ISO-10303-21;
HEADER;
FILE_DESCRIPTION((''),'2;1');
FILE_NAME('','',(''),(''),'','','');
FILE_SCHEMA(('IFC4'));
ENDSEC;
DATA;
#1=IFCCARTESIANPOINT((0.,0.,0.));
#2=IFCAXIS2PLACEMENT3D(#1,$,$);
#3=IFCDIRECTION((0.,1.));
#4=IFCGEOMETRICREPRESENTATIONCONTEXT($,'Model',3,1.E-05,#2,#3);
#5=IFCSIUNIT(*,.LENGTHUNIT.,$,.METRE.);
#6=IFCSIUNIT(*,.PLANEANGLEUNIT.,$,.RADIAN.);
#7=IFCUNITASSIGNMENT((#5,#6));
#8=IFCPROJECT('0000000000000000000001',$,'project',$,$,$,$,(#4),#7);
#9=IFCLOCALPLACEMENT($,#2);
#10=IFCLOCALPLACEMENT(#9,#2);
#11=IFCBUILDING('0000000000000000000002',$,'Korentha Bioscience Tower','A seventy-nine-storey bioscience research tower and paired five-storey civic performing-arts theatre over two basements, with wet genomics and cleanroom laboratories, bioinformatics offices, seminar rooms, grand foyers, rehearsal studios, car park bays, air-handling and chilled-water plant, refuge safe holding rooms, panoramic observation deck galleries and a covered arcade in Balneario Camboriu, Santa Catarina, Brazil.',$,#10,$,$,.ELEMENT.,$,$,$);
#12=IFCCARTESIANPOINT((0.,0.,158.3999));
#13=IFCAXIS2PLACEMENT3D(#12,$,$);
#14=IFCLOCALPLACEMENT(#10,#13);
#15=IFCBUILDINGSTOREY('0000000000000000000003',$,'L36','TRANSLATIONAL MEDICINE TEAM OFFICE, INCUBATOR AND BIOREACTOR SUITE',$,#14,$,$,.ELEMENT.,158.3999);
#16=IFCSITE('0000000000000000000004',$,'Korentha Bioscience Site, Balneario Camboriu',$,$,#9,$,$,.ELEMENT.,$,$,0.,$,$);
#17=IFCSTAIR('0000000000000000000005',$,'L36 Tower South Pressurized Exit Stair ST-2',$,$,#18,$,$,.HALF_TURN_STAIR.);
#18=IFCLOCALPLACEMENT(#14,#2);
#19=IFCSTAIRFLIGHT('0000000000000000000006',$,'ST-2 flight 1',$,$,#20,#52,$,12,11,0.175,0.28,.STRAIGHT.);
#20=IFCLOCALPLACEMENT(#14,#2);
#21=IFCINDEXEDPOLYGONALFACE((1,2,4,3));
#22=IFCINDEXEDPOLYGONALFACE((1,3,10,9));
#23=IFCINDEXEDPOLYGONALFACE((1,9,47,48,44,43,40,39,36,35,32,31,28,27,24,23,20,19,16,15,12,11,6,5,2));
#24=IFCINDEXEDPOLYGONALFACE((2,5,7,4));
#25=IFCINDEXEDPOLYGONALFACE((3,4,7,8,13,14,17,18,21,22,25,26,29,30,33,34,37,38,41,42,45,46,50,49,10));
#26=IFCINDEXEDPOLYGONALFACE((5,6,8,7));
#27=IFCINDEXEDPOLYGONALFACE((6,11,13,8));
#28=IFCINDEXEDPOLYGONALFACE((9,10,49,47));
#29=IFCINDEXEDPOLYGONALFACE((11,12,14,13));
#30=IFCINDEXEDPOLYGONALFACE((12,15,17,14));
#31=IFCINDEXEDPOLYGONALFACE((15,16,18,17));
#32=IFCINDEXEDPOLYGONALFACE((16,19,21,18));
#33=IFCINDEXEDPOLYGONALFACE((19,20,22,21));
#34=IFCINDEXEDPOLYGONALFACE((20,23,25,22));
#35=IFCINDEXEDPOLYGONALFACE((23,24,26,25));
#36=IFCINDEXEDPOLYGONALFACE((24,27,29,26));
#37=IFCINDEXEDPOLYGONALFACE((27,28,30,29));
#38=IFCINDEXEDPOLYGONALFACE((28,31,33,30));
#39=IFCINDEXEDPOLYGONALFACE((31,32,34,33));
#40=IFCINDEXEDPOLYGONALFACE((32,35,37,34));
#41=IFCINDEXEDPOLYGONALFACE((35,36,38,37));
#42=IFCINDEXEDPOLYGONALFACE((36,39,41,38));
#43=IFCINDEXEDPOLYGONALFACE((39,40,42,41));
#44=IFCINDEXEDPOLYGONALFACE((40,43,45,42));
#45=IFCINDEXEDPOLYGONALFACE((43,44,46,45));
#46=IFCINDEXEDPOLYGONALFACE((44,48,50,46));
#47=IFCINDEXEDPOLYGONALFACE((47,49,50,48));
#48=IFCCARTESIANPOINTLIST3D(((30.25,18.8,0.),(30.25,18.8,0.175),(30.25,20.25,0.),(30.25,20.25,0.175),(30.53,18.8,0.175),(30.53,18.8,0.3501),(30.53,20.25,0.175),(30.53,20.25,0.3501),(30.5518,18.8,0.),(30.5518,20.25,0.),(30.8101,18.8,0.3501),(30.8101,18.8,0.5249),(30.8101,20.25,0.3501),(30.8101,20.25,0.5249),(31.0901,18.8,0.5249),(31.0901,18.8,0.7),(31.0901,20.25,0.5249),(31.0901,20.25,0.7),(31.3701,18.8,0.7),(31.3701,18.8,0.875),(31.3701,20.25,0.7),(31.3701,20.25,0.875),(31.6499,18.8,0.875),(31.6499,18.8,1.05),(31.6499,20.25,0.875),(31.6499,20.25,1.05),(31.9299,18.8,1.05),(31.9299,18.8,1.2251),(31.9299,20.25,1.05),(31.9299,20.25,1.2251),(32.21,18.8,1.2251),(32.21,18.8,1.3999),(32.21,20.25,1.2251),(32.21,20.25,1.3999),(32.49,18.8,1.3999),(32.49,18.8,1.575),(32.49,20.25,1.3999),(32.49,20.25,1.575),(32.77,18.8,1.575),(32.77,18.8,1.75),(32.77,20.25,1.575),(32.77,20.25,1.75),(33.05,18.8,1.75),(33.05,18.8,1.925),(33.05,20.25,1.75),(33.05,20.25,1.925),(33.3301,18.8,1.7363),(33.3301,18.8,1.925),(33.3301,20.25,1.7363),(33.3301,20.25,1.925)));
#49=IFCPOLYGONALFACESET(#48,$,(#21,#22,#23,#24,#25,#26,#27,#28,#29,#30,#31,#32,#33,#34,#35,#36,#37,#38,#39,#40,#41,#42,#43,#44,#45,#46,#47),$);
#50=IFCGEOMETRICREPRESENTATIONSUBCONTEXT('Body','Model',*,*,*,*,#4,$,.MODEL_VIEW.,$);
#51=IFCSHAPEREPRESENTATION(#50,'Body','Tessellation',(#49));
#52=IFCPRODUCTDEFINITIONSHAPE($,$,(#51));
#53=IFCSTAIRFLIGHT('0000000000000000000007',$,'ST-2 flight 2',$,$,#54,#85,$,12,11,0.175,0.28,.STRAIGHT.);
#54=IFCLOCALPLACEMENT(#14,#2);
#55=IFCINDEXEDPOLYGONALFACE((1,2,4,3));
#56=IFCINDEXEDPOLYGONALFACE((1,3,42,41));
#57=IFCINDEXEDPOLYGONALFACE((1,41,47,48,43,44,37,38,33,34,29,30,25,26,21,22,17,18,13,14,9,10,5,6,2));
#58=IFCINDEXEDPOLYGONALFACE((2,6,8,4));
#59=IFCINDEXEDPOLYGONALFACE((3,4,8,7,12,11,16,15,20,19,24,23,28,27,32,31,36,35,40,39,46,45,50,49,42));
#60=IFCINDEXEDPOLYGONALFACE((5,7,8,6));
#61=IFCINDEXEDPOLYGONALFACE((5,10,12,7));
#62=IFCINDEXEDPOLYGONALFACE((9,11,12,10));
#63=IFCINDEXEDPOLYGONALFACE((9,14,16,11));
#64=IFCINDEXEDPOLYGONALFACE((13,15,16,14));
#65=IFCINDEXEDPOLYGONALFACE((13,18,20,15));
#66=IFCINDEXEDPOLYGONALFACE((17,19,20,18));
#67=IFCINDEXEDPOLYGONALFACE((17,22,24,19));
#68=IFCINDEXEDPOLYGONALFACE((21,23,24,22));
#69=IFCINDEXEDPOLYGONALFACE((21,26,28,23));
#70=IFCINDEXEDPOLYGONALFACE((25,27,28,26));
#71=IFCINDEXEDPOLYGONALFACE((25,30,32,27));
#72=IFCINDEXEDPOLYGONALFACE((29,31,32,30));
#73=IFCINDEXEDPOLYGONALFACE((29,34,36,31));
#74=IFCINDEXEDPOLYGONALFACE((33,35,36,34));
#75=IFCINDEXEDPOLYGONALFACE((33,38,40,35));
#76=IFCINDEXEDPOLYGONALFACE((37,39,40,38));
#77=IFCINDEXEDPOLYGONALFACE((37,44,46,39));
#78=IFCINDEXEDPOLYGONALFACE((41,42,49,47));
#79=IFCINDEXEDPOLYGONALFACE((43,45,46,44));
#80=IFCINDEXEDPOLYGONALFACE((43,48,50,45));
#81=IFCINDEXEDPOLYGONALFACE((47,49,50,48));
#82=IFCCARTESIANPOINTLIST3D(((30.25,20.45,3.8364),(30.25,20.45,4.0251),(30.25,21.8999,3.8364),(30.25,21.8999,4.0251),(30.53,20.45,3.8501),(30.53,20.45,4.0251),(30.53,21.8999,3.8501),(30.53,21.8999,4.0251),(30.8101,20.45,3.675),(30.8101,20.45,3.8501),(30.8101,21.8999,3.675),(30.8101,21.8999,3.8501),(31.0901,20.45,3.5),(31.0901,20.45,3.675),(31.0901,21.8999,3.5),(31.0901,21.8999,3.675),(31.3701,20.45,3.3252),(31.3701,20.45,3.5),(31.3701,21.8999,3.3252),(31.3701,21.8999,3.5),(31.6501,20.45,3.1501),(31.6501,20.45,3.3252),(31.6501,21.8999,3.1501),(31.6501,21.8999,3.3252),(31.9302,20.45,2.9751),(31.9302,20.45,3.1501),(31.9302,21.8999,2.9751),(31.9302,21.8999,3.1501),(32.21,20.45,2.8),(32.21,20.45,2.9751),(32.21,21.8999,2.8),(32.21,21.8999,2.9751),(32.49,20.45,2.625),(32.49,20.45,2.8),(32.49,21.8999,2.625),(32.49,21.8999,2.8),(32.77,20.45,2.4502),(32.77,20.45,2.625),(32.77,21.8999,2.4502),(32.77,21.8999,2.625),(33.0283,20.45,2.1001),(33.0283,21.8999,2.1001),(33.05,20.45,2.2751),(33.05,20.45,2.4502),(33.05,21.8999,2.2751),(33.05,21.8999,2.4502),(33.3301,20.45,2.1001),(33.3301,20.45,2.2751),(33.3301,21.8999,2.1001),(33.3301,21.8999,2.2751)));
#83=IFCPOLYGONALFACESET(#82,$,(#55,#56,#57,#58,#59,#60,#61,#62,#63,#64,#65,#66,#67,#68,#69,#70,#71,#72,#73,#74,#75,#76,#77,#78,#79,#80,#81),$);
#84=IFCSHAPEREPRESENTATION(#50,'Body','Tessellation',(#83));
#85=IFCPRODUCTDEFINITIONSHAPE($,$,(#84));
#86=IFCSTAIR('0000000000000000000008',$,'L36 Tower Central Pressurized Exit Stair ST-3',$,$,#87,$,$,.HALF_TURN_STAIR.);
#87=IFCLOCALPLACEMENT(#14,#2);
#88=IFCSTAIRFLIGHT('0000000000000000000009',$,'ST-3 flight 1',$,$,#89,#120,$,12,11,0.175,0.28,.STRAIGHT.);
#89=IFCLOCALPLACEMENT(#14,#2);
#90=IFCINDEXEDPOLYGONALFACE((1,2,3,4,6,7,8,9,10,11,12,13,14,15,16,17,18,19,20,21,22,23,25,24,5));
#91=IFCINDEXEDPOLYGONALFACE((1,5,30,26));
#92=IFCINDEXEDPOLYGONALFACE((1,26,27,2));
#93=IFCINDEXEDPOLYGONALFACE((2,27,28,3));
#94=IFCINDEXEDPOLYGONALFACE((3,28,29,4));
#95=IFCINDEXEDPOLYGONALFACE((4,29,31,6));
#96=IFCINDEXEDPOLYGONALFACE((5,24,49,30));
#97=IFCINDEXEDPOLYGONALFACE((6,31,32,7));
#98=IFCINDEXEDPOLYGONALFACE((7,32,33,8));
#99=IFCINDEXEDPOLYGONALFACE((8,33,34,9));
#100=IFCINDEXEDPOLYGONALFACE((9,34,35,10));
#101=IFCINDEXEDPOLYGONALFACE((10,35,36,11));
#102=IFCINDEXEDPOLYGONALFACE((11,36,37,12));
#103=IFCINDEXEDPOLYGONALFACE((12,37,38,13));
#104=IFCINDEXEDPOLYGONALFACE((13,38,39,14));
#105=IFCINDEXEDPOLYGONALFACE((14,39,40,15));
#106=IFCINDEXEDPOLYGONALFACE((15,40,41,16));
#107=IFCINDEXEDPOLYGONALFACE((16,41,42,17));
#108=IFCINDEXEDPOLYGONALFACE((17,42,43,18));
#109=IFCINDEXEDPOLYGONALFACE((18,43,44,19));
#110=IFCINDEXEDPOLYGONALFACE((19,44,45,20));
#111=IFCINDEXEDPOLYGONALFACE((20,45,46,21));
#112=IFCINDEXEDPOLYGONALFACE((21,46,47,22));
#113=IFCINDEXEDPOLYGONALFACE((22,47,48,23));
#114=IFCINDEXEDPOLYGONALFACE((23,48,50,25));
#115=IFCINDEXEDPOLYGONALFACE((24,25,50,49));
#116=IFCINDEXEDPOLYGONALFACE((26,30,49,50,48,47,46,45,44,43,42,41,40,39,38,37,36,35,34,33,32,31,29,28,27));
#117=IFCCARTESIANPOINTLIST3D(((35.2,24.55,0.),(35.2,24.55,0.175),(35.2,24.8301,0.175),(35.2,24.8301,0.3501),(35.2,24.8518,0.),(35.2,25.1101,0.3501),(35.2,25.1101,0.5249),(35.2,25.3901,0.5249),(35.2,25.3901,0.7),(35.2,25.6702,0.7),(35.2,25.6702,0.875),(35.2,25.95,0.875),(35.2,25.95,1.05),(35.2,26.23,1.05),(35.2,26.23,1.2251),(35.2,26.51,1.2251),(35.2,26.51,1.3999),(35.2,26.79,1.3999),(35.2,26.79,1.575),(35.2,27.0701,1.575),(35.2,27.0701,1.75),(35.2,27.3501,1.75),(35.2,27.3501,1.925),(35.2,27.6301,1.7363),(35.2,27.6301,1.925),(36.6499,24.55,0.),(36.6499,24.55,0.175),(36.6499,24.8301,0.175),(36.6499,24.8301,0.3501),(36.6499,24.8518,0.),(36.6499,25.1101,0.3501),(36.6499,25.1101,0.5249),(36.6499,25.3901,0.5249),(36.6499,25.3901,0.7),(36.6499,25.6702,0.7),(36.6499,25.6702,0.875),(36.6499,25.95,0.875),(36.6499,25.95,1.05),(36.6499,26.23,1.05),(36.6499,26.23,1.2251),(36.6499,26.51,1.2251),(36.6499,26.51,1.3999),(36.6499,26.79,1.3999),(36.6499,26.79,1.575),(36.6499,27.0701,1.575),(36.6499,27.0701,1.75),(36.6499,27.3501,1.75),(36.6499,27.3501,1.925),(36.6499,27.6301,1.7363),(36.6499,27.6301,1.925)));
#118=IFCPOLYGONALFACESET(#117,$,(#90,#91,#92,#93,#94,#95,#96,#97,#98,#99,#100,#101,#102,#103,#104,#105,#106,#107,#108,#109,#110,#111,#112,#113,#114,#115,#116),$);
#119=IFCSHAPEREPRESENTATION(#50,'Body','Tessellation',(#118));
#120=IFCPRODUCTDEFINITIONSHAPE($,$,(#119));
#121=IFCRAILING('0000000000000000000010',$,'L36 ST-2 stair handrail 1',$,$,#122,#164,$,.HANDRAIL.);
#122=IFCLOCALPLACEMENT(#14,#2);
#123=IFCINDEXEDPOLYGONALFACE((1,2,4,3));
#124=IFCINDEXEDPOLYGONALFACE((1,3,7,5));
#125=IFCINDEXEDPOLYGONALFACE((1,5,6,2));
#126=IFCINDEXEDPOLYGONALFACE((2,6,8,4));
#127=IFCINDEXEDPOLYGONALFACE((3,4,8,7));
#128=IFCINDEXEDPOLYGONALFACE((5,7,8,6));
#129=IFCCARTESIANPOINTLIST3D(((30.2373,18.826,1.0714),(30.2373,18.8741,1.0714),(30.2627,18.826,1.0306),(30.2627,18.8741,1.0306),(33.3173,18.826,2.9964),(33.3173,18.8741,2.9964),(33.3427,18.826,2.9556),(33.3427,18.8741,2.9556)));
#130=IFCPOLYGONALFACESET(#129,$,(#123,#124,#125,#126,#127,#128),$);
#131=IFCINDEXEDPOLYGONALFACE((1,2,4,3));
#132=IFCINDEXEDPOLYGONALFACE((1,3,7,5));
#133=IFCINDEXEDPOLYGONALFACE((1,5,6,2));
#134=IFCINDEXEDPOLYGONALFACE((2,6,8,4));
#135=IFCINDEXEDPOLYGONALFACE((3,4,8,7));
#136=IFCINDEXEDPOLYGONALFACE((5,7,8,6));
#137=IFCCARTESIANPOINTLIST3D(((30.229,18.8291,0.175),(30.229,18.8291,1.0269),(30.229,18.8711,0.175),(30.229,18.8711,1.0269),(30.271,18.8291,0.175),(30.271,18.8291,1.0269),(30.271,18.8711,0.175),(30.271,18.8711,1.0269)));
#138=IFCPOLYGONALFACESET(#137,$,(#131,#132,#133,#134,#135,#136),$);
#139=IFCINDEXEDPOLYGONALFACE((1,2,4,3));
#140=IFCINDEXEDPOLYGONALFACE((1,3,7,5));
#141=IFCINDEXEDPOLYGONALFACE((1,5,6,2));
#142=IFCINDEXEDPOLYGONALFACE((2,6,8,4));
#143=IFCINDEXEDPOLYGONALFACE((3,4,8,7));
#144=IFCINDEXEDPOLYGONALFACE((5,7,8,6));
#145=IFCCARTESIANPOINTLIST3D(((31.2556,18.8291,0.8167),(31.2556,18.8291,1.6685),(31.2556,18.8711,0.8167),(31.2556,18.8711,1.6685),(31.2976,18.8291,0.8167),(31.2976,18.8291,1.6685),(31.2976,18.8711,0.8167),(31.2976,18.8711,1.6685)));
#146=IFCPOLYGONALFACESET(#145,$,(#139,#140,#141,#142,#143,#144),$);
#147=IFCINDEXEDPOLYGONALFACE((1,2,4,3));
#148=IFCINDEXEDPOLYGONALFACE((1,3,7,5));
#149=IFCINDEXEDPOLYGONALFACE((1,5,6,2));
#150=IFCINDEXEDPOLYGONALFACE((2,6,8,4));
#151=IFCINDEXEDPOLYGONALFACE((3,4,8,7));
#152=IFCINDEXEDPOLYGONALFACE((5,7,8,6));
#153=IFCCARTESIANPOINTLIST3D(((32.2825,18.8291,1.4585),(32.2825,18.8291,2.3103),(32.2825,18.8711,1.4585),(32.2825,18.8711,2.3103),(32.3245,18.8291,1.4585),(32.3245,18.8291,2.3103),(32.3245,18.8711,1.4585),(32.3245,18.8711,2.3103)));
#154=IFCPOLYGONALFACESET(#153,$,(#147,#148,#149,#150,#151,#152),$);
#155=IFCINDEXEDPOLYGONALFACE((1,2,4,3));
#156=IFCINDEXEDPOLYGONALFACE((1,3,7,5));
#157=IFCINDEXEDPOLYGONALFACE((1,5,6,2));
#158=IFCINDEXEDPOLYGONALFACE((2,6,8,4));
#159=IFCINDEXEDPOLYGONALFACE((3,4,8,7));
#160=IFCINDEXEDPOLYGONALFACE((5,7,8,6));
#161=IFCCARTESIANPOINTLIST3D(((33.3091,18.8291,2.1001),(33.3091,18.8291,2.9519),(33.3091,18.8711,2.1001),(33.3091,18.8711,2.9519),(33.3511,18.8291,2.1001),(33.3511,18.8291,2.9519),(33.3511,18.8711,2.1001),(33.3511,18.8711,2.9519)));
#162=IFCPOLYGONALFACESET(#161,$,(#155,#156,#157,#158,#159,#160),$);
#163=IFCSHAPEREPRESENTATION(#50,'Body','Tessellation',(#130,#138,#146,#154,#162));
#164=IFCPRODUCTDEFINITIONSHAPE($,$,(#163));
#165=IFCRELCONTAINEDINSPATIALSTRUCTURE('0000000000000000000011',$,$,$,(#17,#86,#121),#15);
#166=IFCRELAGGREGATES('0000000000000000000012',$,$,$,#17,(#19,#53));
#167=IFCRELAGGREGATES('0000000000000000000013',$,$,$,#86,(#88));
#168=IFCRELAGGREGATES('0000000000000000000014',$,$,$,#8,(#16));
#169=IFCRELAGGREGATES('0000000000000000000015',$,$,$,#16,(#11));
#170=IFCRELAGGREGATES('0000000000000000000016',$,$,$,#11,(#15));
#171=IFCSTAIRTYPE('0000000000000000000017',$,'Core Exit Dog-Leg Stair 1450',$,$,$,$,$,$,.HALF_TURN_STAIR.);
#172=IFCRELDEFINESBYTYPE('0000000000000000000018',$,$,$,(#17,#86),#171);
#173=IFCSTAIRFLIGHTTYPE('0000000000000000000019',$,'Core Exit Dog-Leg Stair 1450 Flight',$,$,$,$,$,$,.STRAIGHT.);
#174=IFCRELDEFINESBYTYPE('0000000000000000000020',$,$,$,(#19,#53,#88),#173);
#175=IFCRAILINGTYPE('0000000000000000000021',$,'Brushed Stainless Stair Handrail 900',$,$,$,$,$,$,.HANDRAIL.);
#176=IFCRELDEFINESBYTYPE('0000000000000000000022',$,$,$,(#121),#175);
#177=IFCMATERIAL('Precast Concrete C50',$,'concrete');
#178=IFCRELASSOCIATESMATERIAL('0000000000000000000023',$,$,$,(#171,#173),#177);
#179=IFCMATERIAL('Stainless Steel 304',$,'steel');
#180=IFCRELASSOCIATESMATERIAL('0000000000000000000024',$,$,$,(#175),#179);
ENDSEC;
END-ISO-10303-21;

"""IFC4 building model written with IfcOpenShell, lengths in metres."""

from ifc_helpers import new_model, si_unit, direction, frame, origin, origin_2d, place, context, subcontext, project, spatial, polyline, rectangle, outline, extrude, material, type_object, element, aggregate, save


model = new_model("IFC4")

# Units and contexts
model_context = context("Model", 3, precision=1e-05, world=origin(), true_north=direction((0.0, 1.0)))
body_context = subcontext(model_context, "Body", "Model", "MODEL_VIEW")
ifc_project = project(units=[si_unit("LENGTHUNIT", "METRE"), si_unit("PLANEANGLEUNIT", "RADIAN")], contexts=[model_context])

# Site, building, storey
site_placement = place(None, origin())
site = spatial("IfcSite", under=ifc_project, at=site_placement, Name="Korentha Bioscience Site, Balneario Camboriu", CompositionType="ELEMENT", RefElevation=0.0)
building_placement = place(site_placement, origin())
building = spatial("IfcBuilding", under=site, at=building_placement, Name="Korentha Bioscience Tower", Description="A seventy-nine-storey bioscience research tower and paired five-storey civic performing-arts theatre over two basements, with wet genomics and cleanroom laboratories, bioinformatics offices, seminar rooms, grand foyers, rehearsal studios, car park bays, air-handling and chilled-water plant, refuge safe holding rooms, panoramic observation deck galleries and a covered arcade in Balneario Camboriu, Santa Catarina, Brazil.", CompositionType="ELEMENT")
storey_placement = place(building_placement, frame((0.0, 0.0, 158.3999)))
storey = spatial("IfcBuildingStorey", under=building, at=storey_placement, Name="L36", Description="TRANSLATIONAL MEDICINE TEAM OFFICE, INCUBATOR AND BIOREACTOR SUITE", CompositionType="ELEMENT", Elevation=158.3999)

# Stair, stair flights
ifc_material_1 = material(Name="Precast Concrete C50", Category="concrete")
stair_type = type_object("IfcStairType", Name="Core Exit Dog-Leg Stair 1450", PredefinedType="HALF_TURN_STAIR", material=ifc_material_1)
stair_1_placement = place(storey_placement, origin())
stair_1 = element("IfcStair", 1, at=stair_1_placement, inside=storey, type_object=stair_type, Name="L36 Tower South Pressurized Exit Stair ST-2", PredefinedType="HALF_TURN_STAIR")
stair_flight_type = type_object("IfcStairFlightType", Name="Core Exit Dog-Leg Stair 1450 Flight", PredefinedType="STRAIGHT", material=ifc_material_1)
stair_flight_1_placement = place(storey_placement, frame((30.25, 19.5249, 0.0), z_axis=(0.0, 0.0, 1.0), x_axis=(1.0, 0.0, 0.0)))
stair_flight_1 = element("IfcStairFlight", 2, at=stair_flight_1_placement, type_object=stair_flight_type, Name="ST-2 flight 1", NumberOfRisers=12, NumberOfTreads=11, PredefinedType="STRAIGHT", RiserHeight=0.175, TreadLength=0.28, context=body_context, shape_type="SweptSolid", body=[
    extrude(outline(polyline([(0.0, 0.0), (0.0, 0.175), (0.28, 0.175), (0.28, 0.3501), (0.5601, 0.3501), (0.5601, 0.5249), (0.8401, 0.5249), (0.8401, 0.7), (1.1201, 0.7), (1.1201, 0.875), (1.3999, 0.875), (1.3999, 1.05), (1.6799, 1.05), (1.6799, 1.2251), (1.96, 1.2251), (1.96, 1.3999), (2.24, 1.3999), (2.24, 1.575), (2.52, 1.575), (2.52, 1.75), (2.8, 1.75), (2.8, 1.925), (3.0801, 1.925), (3.0801, 2.1001), (3.0801, 1.7363), (0.3018, 0.0), (0.0, 0.0)])), frame((0.0, 0.7251, 0.0), z_axis=(0.0, -1.0, 0.0), x_axis=(1.0, 0.0, 0.0)), (0.0, 0.0, 1.0), 1.45),
])
stair_flight_2_placement = place(storey_placement, frame((33.3301, 21.175, 2.1001), z_axis=(0.0, 0.0, 1.0), x_axis=(-1.0, 0.0, 0.0)))
stair_flight_2 = element("IfcStairFlight", 3, at=stair_flight_2_placement, type_object=stair_flight_type, Name="ST-2 flight 2", NumberOfRisers=12, NumberOfTreads=11, PredefinedType="STRAIGHT", RiserHeight=0.175, TreadLength=0.28, context=body_context, shape_type="SweptSolid", body=[
    extrude(outline(polyline([(0.0, 0.0), (0.0, 0.175), (0.28, 0.175), (0.28, 0.3501), (0.5601, 0.3501), (0.5601, 0.5249), (0.8401, 0.5249), (0.8401, 0.7), (1.1201, 0.7), (1.1201, 0.875), (1.3999, 0.875), (1.3999, 1.05), (1.6799, 1.05), (1.6799, 1.2251), (1.96, 1.2251), (1.96, 1.3999), (2.24, 1.3999), (2.24, 1.575), (2.52, 1.575), (2.52, 1.75), (2.8, 1.75), (2.8, 1.925), (3.0801, 1.925), (3.0801, 2.1001), (3.0801, 1.7363), (0.3018, 0.0), (0.0, 0.0)])), frame((0.0, 0.7251, 0.0), z_axis=(0.0, -1.0, 0.0), x_axis=(1.0, 0.0, 0.0)), (0.0, 0.0, 1.0), 1.45),
])
aggregate(stair_1, [stair_flight_1, stair_flight_2])

# Stair, stair flight
stair_2_placement = place(storey_placement, origin())
stair_2 = element("IfcStair", 4, at=stair_2_placement, inside=storey, type_object=stair_type, Name="L36 Tower Central Pressurized Exit Stair ST-3", PredefinedType="HALF_TURN_STAIR")
stair_flight_3_placement = place(storey_placement, frame((35.925, 24.55, 0.0), z_axis=(0.0, 0.0, 1.0), x_axis=(0.0, 1.0, 0.0)))
stair_flight_3 = element("IfcStairFlight", 5, at=stair_flight_3_placement, type_object=stair_flight_type, Name="ST-3 flight 1", NumberOfRisers=12, NumberOfTreads=11, PredefinedType="STRAIGHT", RiserHeight=0.175, TreadLength=0.28, context=body_context, shape_type="SweptSolid", body=[
    extrude(outline(polyline([(0.0, 0.0), (0.0, 0.175), (0.28, 0.175), (0.28, 0.3501), (0.5601, 0.3501), (0.5601, 0.5249), (0.8401, 0.5249), (0.8401, 0.7), (1.1201, 0.7), (1.1201, 0.875), (1.3999, 0.875), (1.3999, 1.05), (1.6799, 1.05), (1.6799, 1.2251), (1.96, 1.2251), (1.96, 1.3999), (2.24, 1.3999), (2.24, 1.575), (2.52, 1.575), (2.52, 1.75), (2.8, 1.75), (2.8, 1.925), (3.0801, 1.925), (3.0801, 2.1001), (3.0801, 1.7363), (0.3018, 0.0), (0.0, 0.0)])), frame((0.0, 0.7251, 0.0), z_axis=(0.0, -1.0, 0.0), x_axis=(1.0, 0.0, 0.0)), (0.0, 0.0, 1.0), 1.45),
])
aggregate(stair_2, [stair_flight_3])

# Railing
ifc_material_2 = material(Name="Stainless Steel 304", Category="steel")
railing_type_1 = type_object("IfcRailingType", Name="Brushed Stainless Stair Handrail 900", PredefinedType="HANDRAIL", material=ifc_material_2)
railing_1_placement = place(storey_placement, frame((30.25, 18.8501, 0.175)))
element("IfcRailing", 6, at=railing_1_placement, inside=storey, type_object=railing_type_1, Name="L36 ST-2 stair handrail 1", PredefinedType="HANDRAIL", context=body_context, shape_type="SweptSolid", body=[
    extrude(rectangle(XDim=0.0481, YDim=0.0481, at=origin_2d()), frame((0.0, 0.0, 0.876), z_axis=(0.847998, 0.0, 0.529999), x_axis=(0.0, 1.0, 0.0)), (0.0, 0.0, 1.0), 3.6321),
    extrude(rectangle(XDim=0.042, YDim=0.042, at=origin_2d()), origin(), (0.0, 0.0, 1.0), 0.8518),
    extrude(rectangle(XDim=0.042, YDim=0.042, at=origin_2d()), frame((1.0266, 0.0, 0.6416)), (0.0, 0.0, 1.0), 0.8518),
    extrude(rectangle(XDim=0.042, YDim=0.042, at=origin_2d()), frame((2.0535, 0.0, 1.2834)), (0.0, 0.0, 1.0), 0.8518),
    extrude(rectangle(XDim=0.042, YDim=0.042, at=origin_2d()), frame((3.0801, 0.0, 1.925)), (0.0, 0.0, 1.0), 0.8518),
])

save(model, "model.ifc")
